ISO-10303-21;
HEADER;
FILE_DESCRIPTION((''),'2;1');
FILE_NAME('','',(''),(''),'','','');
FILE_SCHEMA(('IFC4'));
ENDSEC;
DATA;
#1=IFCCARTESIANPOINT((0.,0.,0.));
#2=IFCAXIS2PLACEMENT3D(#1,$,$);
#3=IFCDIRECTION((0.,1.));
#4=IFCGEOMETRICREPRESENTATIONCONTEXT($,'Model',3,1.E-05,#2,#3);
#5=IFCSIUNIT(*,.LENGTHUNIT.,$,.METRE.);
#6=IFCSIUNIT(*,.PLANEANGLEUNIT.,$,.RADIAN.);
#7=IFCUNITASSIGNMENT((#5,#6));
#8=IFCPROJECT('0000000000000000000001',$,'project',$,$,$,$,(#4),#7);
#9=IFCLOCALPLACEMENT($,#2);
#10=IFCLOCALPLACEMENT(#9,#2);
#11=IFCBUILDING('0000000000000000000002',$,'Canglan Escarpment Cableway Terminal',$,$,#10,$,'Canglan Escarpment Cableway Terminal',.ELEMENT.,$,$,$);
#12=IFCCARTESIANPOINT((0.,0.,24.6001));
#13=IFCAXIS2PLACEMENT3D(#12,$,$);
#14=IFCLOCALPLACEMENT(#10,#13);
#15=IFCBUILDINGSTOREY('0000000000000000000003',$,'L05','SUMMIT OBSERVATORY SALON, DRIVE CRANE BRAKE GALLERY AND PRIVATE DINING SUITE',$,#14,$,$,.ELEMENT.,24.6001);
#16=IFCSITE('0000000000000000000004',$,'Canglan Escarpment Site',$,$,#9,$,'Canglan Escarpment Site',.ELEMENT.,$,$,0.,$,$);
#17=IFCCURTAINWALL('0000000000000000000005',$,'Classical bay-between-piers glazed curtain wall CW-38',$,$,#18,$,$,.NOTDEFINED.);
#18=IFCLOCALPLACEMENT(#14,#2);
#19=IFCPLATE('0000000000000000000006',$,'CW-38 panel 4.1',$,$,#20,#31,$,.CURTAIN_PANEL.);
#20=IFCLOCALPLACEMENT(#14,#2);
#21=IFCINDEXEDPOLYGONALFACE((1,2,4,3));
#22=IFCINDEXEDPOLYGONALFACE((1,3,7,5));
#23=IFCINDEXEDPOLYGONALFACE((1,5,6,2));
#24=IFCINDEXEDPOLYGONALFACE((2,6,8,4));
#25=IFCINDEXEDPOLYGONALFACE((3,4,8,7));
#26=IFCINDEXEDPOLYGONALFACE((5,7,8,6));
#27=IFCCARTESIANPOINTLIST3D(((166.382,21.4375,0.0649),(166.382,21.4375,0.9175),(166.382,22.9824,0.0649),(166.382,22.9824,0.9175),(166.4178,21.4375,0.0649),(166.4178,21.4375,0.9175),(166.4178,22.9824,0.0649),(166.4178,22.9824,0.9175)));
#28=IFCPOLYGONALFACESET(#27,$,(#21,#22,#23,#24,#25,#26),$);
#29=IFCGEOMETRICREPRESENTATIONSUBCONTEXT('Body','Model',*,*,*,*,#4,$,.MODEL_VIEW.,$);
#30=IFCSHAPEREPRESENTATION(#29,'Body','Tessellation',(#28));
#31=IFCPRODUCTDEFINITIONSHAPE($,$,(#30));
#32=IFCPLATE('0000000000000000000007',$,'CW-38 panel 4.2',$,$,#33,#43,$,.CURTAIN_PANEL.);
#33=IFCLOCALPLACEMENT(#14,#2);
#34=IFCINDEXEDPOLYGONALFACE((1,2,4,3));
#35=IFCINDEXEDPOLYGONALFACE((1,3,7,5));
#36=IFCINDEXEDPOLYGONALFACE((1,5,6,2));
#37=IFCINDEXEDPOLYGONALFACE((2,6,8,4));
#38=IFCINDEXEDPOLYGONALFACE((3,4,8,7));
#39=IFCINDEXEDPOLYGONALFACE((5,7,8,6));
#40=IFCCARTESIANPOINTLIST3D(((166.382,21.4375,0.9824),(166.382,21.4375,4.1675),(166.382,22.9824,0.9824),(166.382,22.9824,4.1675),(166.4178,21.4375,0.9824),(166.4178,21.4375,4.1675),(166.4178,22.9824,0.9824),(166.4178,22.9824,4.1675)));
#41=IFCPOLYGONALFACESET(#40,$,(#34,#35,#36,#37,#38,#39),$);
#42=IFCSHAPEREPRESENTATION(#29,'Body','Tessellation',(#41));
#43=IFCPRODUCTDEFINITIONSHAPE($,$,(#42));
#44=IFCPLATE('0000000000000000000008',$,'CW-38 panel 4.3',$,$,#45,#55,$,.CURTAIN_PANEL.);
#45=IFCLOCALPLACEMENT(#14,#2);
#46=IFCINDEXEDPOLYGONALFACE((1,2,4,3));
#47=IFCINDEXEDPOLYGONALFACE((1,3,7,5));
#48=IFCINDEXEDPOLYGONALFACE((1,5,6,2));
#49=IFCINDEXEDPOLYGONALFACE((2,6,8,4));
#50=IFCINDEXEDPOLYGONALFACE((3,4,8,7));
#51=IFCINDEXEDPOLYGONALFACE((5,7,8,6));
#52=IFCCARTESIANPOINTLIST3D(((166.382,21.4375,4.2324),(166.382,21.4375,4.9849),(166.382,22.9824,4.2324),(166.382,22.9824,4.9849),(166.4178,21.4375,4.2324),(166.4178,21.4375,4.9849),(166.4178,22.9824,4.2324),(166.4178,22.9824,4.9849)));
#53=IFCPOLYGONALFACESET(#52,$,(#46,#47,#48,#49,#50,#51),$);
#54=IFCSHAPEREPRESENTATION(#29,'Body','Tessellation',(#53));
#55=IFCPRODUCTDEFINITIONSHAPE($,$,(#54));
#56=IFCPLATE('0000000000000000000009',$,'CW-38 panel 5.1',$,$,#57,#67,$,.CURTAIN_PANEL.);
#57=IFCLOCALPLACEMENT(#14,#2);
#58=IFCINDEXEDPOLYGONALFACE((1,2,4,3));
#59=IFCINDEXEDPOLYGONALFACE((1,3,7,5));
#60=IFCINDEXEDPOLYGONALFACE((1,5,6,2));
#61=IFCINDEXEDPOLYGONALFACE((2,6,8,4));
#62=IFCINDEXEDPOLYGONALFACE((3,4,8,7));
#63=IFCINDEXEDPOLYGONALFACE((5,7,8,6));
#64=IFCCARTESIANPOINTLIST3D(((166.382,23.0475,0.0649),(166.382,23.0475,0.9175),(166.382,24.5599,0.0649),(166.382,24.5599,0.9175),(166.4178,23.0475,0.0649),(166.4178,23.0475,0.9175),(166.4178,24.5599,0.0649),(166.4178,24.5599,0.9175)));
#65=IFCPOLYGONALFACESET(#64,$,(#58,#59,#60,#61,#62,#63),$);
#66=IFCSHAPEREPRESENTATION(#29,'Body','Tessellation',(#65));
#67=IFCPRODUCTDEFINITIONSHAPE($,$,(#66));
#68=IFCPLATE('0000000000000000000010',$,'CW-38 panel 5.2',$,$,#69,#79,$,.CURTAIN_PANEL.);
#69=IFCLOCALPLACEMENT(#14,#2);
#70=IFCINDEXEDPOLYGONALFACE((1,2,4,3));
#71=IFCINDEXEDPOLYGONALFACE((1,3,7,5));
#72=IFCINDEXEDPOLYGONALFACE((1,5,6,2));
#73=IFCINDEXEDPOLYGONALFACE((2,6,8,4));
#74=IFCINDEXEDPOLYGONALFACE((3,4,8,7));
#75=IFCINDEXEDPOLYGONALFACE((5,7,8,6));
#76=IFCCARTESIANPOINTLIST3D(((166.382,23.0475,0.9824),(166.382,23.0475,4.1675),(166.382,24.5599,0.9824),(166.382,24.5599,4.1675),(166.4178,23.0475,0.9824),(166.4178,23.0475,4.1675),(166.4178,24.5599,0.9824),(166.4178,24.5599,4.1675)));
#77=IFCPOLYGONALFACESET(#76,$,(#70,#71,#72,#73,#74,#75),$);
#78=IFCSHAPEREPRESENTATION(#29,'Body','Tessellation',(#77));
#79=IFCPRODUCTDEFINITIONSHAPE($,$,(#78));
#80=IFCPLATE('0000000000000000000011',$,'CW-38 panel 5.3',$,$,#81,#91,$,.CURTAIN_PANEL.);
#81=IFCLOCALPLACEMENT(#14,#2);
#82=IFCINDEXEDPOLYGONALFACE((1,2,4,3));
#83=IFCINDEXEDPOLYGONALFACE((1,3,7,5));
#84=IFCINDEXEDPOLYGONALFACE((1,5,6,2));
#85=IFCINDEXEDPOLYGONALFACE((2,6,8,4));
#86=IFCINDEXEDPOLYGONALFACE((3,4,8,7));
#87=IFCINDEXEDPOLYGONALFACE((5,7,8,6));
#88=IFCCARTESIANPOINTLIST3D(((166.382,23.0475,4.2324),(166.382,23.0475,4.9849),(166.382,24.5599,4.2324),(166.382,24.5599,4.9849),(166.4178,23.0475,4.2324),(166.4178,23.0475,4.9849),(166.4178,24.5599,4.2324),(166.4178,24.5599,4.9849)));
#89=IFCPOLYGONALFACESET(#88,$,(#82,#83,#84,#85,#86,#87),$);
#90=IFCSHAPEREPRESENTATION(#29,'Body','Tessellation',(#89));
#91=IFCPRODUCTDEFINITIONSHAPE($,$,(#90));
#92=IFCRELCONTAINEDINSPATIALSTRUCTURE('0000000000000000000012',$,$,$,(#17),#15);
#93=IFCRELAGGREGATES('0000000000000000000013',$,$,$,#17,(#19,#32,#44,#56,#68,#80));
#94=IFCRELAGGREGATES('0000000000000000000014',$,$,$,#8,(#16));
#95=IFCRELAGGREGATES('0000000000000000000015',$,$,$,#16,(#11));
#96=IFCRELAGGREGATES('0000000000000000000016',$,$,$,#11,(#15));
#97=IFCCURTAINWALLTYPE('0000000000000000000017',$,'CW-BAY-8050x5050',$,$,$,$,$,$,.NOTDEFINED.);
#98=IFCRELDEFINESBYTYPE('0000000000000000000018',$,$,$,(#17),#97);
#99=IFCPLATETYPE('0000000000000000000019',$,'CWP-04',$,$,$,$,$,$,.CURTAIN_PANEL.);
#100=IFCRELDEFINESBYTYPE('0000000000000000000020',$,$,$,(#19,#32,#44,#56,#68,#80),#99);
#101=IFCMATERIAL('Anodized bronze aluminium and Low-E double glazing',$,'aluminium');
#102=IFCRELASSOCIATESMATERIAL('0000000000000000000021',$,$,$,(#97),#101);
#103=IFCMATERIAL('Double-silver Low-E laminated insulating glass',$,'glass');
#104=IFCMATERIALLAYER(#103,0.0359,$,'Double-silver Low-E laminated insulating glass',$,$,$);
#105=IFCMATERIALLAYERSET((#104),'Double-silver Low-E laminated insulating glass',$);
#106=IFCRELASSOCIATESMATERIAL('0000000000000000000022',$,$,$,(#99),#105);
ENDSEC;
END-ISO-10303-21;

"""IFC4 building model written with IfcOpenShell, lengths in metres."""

from ifc_helpers import new_model, si_unit, direction, frame, origin, origin_2d, place, context, subcontext, project, spatial, rectangle, extrude, material, layer, layer_set, type_object, element, aggregate, save


model = new_model("IFC4")

# Units and contexts
model_context = context("Model", 3, precision=1e-05, world=origin(), true_north=direction((0.0, 1.0)))
body_context = subcontext(model_context, "Body", "Model", "MODEL_VIEW")
ifc_project = project(units=[si_unit("LENGTHUNIT", "METRE"), si_unit("PLANEANGLEUNIT", "RADIAN")], contexts=[model_context])

# Site, building, storey
site_placement = place(None, origin())
site = spatial("IfcSite", under=ifc_project, at=site_placement, Name="Canglan Escarpment Site", LongName="Canglan Escarpment Site", CompositionType="ELEMENT", RefElevation=0.0)
building_placement = place(site_placement, origin())
building = spatial("IfcBuilding", under=site, at=building_placement, Name="Canglan Escarpment Cableway Terminal", LongName="Canglan Escarpment Cableway Terminal", CompositionType="ELEMENT")
storey_placement = place(building_placement, frame((0.0, 0.0, 24.6001)))
storey = spatial("IfcBuildingStorey", under=building, at=storey_placement, Name="L05", Description="SUMMIT OBSERVATORY SALON, DRIVE CRANE BRAKE GALLERY AND PRIVATE DINING SUITE", CompositionType="ELEMENT", Elevation=24.6001)

# Curtain wall, plates
ifc_material_1 = material(Name="Anodized bronze aluminium and Low-E double glazing", Category="aluminium")
curtain_wall_type = type_object("IfcCurtainWallType", Name="CW-BAY-8050x5050", PredefinedType="NOTDEFINED", material=ifc_material_1)
curtain_wall_placement = place(storey_placement, origin())
curtain_wall = element("IfcCurtainWall", 1, at=curtain_wall_placement, inside=storey, type_object=curtain_wall_type, Name="Classical bay-between-piers glazed curtain wall CW-38", PredefinedType="NOTDEFINED")
ifc_material_2 = material(Name="Double-silver Low-E laminated insulating glass", Category="glass")
ifc_layer = layer(ifc_material_2, 0.0359, Name="Double-silver Low-E laminated insulating glass")
ifc_layer_set = layer_set([ifc_layer], Name="Double-silver Low-E laminated insulating glass")
plate_type = type_object("IfcPlateType", Name="CWP-04", PredefinedType="CURTAIN_PANEL", material=ifc_layer_set)
plate_1_placement = place(storey_placement, frame((166.3999, 22.21, 0.0649), z_axis=(0.0, 0.0, 1.0), x_axis=(0.0, 1.0, 0.0)))
plate_1 = element("IfcPlate", 2, at=plate_1_placement, type_object=plate_type, Name="CW-38 panel 4.1", PredefinedType="CURTAIN_PANEL", context=body_context, shape_type="SweptSolid", body=[
    extrude(rectangle(XDim=1.5449, YDim=0.0359, at=origin_2d()), origin(), (0.0, 0.0, 1.0), 0.8525),
])
plate_2_placement = place(storey_placement, frame((166.3999, 22.21, 0.9824), z_axis=(0.0, 0.0, 1.0), x_axis=(0.0, 1.0, 0.0)))
plate_2 = element("IfcPlate", 3, at=plate_2_placement, type_object=plate_type, Name="CW-38 panel 4.2", PredefinedType="CURTAIN_PANEL", context=body_context, shape_type="SweptSolid", body=[
    extrude(rectangle(XDim=1.5449, YDim=0.0359, at=origin_2d()), origin(), (0.0, 0.0, 1.0), 3.1851),
])
plate_3_placement = place(storey_placement, frame((166.3999, 22.21, 4.2324), z_axis=(0.0, 0.0, 1.0), x_axis=(0.0, 1.0, 0.0)))
plate_3 = element("IfcPlate", 4, at=plate_3_placement, type_object=plate_type, Name="CW-38 panel 4.3", PredefinedType="CURTAIN_PANEL", context=body_context, shape_type="SweptSolid", body=[
    extrude(rectangle(XDim=1.5449, YDim=0.0359, at=origin_2d()), origin(), (0.0, 0.0, 1.0), 0.7524),
])
plate_4_placement = place(storey_placement, frame((166.3999, 23.8037, 0.0649), z_axis=(0.0, 0.0, 1.0), x_axis=(0.0, 1.0, 0.0)))
plate_4 = element("IfcPlate", 5, at=plate_4_placement, type_object=plate_type, Name="CW-38 panel 5.1", PredefinedType="CURTAIN_PANEL", context=body_context, shape_type="SweptSolid", body=[
    extrude(rectangle(XDim=1.5125, YDim=0.0359, at=origin_2d()), origin(), (0.0, 0.0, 1.0), 0.8525),
])
plate_5_placement = place(storey_placement, frame((166.3999, 23.8037, 0.9824), z_axis=(0.0, 0.0, 1.0), x_axis=(0.0, 1.0, 0.0)))
plate_5 = element("IfcPlate", 6, at=plate_5_placement, type_object=plate_type, Name="CW-38 panel 5.2", PredefinedType="CURTAIN_PANEL", context=body_context, shape_type="SweptSolid", body=[
    extrude(rectangle(XDim=1.5125, YDim=0.0359, at=origin_2d()), origin(), (0.0, 0.0, 1.0), 3.1851),
])
plate_6_placement = place(storey_placement, frame((166.3999, 23.8037, 4.2324), z_axis=(0.0, 0.0, 1.0), x_axis=(0.0, 1.0, 0.0)))
plate_6 = element("IfcPlate", 7, at=plate_6_placement, type_object=plate_type, Name="CW-38 panel 5.3", PredefinedType="CURTAIN_PANEL", context=body_context, shape_type="SweptSolid", body=[
    extrude(rectangle(XDim=1.5125, YDim=0.0359, at=origin_2d()), origin(), (0.0, 0.0, 1.0), 0.7524),
])
aggregate(curtain_wall, [plate_1, plate_2, plate_3, plate_4, plate_5, plate_6])

save(model, "model.ifc")
